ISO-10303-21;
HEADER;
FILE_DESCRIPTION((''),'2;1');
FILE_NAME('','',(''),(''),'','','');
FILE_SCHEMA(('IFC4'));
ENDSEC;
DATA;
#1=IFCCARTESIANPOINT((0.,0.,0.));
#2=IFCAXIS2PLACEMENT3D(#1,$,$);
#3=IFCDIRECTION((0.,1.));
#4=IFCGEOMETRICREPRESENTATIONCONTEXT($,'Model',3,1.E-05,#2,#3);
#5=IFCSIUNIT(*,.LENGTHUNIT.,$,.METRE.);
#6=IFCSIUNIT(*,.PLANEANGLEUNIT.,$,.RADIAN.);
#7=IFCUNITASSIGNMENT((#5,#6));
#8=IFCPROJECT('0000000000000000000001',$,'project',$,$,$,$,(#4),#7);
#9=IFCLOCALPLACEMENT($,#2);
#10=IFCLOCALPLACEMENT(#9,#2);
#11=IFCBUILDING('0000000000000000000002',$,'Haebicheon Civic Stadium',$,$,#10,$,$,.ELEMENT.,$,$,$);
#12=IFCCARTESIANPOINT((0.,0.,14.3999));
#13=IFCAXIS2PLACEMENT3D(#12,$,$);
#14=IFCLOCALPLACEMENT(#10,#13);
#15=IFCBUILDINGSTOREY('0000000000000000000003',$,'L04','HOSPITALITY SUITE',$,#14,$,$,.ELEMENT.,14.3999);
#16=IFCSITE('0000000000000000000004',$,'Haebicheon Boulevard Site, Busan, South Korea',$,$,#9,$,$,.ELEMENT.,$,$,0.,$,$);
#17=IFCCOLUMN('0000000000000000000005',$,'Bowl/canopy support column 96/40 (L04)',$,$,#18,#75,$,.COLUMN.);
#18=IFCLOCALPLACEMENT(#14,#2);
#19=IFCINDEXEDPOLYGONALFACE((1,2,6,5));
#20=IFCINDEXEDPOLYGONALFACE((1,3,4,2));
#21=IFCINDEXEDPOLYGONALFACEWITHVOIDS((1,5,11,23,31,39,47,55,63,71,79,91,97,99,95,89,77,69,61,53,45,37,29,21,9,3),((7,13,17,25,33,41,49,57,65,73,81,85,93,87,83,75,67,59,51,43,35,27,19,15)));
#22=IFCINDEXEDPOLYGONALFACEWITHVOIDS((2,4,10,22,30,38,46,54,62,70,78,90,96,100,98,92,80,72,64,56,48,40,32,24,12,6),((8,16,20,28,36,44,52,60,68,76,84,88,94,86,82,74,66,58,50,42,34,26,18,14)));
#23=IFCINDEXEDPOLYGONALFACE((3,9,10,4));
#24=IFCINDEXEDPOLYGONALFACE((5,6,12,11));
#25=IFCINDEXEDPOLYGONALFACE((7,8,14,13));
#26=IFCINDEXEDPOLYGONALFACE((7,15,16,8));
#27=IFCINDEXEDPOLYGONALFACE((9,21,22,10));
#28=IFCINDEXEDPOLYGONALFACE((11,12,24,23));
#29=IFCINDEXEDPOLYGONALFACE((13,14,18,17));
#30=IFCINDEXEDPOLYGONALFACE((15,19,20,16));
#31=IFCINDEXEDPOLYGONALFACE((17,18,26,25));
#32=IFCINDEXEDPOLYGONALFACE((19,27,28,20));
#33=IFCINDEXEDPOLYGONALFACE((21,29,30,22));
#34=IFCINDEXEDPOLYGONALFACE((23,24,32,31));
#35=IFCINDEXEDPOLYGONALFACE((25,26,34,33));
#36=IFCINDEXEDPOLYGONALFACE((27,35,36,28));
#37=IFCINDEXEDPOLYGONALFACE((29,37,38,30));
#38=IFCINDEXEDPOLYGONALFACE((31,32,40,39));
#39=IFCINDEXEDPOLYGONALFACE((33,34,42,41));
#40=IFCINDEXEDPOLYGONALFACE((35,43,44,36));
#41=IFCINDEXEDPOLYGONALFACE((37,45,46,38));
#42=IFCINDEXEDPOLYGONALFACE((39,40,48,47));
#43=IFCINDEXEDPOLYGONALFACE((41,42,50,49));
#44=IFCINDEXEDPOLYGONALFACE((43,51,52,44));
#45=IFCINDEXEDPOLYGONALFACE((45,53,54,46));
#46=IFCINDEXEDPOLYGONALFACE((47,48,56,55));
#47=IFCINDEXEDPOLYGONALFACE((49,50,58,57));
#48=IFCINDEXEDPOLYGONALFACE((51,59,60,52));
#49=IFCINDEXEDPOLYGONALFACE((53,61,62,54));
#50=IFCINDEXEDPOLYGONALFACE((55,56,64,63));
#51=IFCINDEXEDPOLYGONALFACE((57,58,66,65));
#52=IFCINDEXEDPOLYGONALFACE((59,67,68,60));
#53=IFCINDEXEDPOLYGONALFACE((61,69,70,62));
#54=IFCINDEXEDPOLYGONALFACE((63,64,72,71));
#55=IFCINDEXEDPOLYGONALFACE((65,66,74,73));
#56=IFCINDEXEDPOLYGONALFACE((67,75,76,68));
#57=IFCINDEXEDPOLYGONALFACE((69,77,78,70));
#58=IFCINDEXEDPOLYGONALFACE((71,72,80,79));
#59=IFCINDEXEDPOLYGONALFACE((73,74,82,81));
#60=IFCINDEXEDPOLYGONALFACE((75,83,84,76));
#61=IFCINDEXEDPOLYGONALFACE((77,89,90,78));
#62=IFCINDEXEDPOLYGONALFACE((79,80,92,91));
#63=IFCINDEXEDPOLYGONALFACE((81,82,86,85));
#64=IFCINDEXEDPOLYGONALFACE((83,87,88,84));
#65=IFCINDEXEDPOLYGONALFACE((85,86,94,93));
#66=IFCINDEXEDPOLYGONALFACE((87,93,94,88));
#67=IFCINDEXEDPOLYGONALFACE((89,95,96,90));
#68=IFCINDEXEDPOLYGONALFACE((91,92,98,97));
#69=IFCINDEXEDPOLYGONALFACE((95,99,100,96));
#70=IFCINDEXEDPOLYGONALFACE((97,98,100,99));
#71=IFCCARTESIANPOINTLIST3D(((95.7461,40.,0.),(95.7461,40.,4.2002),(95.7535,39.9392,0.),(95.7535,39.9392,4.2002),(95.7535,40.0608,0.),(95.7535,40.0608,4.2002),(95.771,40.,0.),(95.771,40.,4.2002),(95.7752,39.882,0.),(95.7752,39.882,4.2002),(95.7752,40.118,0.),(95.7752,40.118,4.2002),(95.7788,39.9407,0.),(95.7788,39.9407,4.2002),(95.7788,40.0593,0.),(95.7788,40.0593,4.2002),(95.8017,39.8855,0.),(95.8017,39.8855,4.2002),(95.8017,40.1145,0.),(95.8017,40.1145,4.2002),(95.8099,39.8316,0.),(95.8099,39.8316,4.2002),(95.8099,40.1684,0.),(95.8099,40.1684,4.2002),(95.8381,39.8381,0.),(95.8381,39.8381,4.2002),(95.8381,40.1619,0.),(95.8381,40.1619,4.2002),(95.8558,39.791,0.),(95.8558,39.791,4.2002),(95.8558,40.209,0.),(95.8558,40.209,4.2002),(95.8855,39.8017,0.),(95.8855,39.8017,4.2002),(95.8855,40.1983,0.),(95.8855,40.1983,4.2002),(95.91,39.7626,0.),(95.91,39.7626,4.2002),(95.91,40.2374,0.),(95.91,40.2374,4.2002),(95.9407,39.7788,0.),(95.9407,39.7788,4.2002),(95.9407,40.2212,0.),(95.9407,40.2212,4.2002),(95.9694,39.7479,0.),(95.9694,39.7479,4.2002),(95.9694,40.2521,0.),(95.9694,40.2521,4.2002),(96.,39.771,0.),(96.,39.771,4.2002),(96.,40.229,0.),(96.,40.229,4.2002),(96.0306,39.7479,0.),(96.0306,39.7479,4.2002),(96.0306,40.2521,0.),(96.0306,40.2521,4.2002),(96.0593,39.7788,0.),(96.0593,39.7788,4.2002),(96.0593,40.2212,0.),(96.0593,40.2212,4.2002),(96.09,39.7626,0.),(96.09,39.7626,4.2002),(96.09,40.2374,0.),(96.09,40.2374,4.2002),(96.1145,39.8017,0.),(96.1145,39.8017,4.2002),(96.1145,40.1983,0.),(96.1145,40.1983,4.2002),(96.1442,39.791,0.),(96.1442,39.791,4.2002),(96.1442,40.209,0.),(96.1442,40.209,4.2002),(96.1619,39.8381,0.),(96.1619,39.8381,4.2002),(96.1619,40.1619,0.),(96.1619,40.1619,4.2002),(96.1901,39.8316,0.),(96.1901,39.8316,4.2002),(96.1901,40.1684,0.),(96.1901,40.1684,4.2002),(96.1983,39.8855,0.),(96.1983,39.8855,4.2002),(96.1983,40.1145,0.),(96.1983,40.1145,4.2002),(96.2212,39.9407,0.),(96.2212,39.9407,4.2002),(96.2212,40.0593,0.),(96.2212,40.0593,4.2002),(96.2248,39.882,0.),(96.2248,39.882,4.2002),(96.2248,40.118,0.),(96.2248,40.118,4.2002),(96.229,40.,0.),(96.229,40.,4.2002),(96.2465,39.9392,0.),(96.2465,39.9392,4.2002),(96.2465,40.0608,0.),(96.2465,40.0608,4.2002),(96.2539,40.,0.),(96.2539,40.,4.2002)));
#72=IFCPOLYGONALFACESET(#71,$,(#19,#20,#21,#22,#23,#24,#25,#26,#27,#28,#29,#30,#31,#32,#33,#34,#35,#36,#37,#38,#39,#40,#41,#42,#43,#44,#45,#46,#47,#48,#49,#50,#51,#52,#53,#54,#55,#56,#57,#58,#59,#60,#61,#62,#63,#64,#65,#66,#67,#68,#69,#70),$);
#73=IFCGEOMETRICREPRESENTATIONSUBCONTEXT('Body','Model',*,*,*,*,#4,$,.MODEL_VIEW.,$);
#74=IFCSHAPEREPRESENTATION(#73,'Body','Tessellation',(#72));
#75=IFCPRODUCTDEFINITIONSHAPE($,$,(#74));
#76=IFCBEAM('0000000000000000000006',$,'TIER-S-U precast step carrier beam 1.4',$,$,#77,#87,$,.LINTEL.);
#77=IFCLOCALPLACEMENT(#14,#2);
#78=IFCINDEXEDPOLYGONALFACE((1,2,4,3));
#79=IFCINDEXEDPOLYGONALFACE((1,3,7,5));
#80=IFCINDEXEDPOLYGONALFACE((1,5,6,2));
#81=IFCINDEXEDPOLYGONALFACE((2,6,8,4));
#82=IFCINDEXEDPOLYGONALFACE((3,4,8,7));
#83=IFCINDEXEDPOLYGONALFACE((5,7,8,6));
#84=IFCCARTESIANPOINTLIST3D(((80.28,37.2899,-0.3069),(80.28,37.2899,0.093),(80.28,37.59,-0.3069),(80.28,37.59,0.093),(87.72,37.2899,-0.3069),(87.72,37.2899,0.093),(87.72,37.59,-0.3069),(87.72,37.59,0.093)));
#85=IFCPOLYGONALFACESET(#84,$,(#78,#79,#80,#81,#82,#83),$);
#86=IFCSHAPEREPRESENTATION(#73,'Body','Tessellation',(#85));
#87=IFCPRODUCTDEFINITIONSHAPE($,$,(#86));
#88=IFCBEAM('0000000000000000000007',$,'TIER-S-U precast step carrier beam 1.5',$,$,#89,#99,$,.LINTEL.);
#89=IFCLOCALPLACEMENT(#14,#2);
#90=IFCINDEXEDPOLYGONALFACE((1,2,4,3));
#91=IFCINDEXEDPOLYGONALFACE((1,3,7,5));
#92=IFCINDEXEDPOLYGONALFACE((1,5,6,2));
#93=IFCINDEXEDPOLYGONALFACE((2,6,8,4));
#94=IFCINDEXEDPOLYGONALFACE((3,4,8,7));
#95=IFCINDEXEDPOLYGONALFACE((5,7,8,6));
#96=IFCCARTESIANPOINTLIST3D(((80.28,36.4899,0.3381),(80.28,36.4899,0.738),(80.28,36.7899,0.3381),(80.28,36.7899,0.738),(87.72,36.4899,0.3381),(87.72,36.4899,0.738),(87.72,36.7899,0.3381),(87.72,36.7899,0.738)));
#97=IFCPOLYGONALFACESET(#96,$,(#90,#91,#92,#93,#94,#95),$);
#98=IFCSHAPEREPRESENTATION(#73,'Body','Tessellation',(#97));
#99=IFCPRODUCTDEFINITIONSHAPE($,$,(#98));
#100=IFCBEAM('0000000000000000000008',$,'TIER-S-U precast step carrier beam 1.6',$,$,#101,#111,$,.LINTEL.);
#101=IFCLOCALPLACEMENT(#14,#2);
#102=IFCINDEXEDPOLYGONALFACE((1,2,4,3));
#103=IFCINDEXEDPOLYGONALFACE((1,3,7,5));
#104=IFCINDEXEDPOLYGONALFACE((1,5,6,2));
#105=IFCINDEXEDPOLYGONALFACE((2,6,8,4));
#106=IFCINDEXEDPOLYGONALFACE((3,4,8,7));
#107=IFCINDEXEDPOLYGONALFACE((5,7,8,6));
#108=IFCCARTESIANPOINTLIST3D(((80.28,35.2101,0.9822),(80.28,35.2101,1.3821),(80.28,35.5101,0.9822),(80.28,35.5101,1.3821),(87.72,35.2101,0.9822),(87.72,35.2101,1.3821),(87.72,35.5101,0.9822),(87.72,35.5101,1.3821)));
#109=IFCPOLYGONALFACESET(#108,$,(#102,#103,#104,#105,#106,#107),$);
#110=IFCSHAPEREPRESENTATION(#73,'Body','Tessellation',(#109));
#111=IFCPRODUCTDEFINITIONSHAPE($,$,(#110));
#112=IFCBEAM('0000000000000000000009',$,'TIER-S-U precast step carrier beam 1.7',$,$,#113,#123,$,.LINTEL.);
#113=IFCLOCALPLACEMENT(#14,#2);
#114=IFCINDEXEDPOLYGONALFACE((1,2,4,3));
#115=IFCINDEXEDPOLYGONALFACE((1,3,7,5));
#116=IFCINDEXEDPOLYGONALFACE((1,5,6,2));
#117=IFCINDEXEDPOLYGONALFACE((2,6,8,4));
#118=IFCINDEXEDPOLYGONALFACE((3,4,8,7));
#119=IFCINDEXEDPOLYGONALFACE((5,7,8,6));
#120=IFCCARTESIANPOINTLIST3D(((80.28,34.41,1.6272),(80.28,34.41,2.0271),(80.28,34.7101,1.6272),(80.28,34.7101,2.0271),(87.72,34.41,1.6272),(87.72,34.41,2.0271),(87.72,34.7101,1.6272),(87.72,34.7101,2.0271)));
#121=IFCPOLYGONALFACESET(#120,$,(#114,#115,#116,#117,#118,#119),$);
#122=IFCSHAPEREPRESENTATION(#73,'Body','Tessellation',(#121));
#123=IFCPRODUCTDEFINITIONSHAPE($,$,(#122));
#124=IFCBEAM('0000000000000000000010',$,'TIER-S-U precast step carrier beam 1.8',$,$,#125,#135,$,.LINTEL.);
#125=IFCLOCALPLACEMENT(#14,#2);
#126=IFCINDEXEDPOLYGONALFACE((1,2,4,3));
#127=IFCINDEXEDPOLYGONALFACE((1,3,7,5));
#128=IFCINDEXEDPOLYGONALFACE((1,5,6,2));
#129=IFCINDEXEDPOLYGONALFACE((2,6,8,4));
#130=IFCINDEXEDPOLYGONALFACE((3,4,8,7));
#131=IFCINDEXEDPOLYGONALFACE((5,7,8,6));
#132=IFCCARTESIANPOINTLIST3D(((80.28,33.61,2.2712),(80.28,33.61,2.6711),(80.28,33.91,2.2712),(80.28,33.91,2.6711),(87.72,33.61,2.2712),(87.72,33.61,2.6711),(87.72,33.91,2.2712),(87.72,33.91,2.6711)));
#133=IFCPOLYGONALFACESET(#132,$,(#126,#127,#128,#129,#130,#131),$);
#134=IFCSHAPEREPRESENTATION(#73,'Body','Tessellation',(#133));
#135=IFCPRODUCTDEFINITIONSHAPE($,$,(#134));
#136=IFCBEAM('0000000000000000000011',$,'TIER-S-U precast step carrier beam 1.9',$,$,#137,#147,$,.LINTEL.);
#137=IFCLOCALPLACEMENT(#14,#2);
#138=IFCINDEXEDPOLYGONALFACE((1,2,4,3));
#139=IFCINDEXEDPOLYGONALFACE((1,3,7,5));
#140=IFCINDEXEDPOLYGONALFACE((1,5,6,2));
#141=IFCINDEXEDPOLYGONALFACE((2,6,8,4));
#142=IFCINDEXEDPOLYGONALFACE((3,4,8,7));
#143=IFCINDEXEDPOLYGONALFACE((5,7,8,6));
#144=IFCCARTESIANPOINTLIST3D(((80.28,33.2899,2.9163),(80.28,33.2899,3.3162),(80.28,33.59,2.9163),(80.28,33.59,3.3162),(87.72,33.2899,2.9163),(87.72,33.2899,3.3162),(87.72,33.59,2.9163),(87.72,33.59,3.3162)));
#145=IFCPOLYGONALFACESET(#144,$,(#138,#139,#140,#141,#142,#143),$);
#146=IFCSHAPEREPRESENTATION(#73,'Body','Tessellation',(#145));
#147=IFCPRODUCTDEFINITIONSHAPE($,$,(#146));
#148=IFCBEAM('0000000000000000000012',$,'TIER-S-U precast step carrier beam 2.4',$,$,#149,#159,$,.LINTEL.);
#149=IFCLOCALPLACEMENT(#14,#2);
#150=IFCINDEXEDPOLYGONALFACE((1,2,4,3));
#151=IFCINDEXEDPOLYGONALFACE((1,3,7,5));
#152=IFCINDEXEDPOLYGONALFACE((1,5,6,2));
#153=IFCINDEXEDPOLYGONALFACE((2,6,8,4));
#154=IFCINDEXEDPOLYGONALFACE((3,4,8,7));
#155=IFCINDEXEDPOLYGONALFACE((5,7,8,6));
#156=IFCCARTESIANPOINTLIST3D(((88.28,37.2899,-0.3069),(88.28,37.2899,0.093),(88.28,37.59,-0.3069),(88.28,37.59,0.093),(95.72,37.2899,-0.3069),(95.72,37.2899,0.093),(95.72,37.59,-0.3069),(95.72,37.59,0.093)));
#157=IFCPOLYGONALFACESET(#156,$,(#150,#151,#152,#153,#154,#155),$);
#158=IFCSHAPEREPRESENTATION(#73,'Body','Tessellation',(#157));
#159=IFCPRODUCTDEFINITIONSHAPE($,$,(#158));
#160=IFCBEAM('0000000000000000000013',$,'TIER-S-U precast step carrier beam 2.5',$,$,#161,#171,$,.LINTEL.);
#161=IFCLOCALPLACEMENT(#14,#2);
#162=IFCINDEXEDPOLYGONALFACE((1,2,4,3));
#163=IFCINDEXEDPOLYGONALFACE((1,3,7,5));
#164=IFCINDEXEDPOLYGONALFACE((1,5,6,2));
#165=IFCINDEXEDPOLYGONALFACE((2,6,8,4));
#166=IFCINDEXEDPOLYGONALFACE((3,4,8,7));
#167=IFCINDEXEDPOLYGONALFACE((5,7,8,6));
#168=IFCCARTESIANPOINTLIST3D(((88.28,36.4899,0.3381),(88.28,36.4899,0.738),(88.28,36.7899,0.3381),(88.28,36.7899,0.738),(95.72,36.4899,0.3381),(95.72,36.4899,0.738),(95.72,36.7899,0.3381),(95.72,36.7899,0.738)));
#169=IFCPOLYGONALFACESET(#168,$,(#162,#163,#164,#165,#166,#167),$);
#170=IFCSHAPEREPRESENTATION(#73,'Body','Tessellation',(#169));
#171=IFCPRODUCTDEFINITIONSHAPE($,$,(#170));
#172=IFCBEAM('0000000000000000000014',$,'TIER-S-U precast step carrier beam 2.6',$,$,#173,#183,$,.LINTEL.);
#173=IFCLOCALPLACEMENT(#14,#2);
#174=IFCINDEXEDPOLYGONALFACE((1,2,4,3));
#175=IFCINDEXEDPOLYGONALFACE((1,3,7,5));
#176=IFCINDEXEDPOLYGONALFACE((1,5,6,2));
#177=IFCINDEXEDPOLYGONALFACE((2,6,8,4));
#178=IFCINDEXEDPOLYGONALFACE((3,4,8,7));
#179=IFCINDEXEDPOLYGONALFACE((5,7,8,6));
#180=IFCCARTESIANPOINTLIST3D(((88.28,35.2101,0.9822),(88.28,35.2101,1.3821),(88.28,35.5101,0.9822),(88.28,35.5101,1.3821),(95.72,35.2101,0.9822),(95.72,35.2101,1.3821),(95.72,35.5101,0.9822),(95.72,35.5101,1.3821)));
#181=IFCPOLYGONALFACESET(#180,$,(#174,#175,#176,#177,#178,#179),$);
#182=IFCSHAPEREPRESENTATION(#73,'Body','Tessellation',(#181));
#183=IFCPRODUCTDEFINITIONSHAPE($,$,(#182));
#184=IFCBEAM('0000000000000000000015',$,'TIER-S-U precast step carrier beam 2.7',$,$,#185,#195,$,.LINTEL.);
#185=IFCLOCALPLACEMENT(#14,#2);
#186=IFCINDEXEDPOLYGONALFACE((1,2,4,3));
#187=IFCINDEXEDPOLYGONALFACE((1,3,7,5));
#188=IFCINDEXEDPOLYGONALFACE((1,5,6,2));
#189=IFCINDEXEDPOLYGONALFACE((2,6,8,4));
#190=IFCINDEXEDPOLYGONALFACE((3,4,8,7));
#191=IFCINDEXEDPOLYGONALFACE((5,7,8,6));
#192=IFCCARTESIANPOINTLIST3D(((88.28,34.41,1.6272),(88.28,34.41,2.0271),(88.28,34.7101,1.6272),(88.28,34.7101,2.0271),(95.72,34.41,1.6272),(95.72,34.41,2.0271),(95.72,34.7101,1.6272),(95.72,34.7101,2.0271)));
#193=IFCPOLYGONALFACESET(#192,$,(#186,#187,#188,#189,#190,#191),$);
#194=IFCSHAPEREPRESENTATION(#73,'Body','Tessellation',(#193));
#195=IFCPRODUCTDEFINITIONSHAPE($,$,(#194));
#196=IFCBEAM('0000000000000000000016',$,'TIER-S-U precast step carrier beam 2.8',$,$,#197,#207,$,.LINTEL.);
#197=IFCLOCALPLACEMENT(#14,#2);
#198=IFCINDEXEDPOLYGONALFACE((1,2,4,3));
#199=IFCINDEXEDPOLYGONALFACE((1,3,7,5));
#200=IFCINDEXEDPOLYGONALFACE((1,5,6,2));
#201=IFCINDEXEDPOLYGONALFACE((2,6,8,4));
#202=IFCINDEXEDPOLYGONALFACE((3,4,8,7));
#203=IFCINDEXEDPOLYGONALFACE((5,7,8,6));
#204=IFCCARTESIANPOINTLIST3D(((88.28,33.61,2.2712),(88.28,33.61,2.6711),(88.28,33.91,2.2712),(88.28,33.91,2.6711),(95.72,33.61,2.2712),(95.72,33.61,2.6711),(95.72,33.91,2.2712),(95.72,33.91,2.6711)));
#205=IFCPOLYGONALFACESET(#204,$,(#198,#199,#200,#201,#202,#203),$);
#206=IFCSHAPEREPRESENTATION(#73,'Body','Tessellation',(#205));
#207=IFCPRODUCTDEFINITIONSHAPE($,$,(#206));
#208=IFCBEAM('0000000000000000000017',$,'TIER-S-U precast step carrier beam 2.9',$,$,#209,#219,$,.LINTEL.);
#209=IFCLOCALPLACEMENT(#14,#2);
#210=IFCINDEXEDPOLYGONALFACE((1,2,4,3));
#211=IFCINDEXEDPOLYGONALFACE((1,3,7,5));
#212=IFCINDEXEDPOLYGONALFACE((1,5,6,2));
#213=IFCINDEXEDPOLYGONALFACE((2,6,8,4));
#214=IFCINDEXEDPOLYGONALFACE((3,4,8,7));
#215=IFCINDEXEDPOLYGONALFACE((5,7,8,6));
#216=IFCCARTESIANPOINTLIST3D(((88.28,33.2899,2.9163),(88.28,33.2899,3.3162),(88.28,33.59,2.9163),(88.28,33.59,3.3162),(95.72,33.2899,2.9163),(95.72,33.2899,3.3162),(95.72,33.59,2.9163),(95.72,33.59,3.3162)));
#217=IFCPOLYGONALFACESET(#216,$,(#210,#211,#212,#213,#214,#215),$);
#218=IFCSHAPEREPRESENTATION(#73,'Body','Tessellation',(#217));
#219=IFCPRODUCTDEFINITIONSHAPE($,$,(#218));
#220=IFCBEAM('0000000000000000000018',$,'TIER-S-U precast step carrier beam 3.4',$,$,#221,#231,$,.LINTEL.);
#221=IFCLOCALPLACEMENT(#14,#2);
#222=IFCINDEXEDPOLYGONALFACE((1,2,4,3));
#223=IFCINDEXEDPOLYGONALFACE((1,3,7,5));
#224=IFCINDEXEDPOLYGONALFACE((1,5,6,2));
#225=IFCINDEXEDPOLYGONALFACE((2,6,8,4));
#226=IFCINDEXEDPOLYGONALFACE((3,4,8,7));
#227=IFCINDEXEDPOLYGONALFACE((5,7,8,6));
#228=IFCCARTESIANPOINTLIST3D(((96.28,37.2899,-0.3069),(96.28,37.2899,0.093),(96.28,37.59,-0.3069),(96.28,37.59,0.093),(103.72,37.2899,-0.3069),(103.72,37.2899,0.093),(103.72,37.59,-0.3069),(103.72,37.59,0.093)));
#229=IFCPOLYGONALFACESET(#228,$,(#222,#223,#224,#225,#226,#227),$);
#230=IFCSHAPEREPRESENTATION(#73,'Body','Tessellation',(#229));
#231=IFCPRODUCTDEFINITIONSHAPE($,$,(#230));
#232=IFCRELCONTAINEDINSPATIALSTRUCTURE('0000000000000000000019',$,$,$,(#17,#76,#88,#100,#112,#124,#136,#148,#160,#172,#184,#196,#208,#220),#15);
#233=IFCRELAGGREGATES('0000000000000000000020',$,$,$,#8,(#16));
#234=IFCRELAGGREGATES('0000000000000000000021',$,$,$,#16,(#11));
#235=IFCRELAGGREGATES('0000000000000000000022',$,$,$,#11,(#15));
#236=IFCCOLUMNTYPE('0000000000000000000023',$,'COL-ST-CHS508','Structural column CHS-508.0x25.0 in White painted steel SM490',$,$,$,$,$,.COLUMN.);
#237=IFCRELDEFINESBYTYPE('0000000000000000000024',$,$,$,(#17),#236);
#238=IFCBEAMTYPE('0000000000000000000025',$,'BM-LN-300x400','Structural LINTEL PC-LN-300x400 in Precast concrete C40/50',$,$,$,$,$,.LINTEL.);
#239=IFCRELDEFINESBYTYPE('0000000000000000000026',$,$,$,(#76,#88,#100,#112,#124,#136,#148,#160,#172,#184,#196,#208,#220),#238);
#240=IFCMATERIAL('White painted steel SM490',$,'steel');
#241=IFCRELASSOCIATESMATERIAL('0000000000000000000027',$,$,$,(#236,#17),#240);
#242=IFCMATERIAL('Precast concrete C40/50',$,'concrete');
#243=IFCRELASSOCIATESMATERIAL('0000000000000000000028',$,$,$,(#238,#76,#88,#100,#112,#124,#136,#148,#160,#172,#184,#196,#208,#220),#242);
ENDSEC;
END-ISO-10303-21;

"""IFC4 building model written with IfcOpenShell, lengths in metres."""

from ifc_helpers import new_model, si_unit, direction, frame, origin, origin_2d, place, context, subcontext, project, spatial, rectangle, hollow_circle, extrude, material, material_profile, profile_set, type_object, element, save


model = new_model("IFC4")

# Units and contexts
model_context = context("Model", 3, precision=1e-05, world=origin(), true_north=direction((0.0, 1.0)))
body_context = subcontext(model_context, "Body", "Model", "MODEL_VIEW")
ifc_project = project(units=[si_unit("LENGTHUNIT", "METRE"), si_unit("PLANEANGLEUNIT", "RADIAN")], contexts=[model_context])

# Site, building, storey
site_placement = place(None, origin())
site = spatial("IfcSite", under=ifc_project, at=site_placement, Name="Haebicheon Boulevard Site, Busan, South Korea", CompositionType="ELEMENT", RefElevation=0.0)
building_placement = place(site_placement, origin())
building = spatial("IfcBuilding", under=site, at=building_placement, Name="Haebicheon Civic Stadium", CompositionType="ELEMENT")
storey_placement = place(building_placement, frame((0.0, 0.0, 14.3999)))
storey = spatial("IfcBuildingStorey", under=building, at=storey_placement, Name="L04", Description="HOSPITALITY SUITE", CompositionType="ELEMENT", Elevation=14.3999)

# Column
ifc_material_1 = material(Name="White painted steel SM490", Category="steel")
ifc_material_profile_1 = material_profile(ifc_material_1, hollow_circle(Radius=0.2539, WallThickness=0.0249, at=origin_2d()), Name="CHS-508.0x25.0")
ifc_profile_set_1 = profile_set([ifc_material_profile_1], Name="White painted steel SM490")
column_type = type_object("IfcColumnType", Name="COL-ST-CHS508", Description="Structural column CHS-508.0x25.0 in White painted steel SM490", PredefinedType="COLUMN", material=ifc_profile_set_1)
for number, where, z_axis, x_axis, name in (
    (1, (96.0, 40.0, 0.0), (0.0, 0.0, 1.0), (1.0, 0.0, 0.0), "Bowl/canopy support column 96/40 (L04)"),
):
    element("IfcColumn", number, at=place(storey_placement, frame(where, z_axis=z_axis, x_axis=x_axis)), inside=storey, type_object=column_type, material=ifc_profile_set_1, Name=name, PredefinedType="COLUMN", context=body_context, shape_type="SweptSolid", body=[
        extrude(hollow_circle(Radius=0.2539, WallThickness=0.0249, at=origin_2d()), origin(), (0.0, 0.0, 1.0), 4.2002),
    ])

# Beams
ifc_material_2 = material(Name="Precast concrete C40/50", Category="concrete")
ifc_material_profile_2 = material_profile(ifc_material_2, rectangle(XDim=0.3, YDim=0.3999, at=origin_2d()), Name="PC-LN-300x400")
ifc_profile_set_2 = profile_set([ifc_material_profile_2], Name="Precast concrete C40/50")
beam_type_1 = type_object("IfcBeamType", Name="BM-LN-300x400", Description="Structural LINTEL PC-LN-300x400 in Precast concrete C40/50", PredefinedType="LINTEL", material=ifc_profile_set_2)
for number, where, z_axis, x_axis, name in (
    (2, (80.28, 37.4399, -0.1069), (1.0, 0.0, 0.0), (0.0, 1.0, 0.0), "TIER-S-U precast step carrier beam 1.4"),
    (3, (80.28, 36.6399, 0.5381), (1.0, 0.0, 0.0), (0.0, 1.0, 0.0), "TIER-S-U precast step carrier beam 1.5"),
    (4, (80.28, 35.3601, 1.1821), (1.0, 0.0, 0.0), (0.0, 1.0, 0.0), "TIER-S-U precast step carrier beam 1.6"),
    (5, (80.28, 34.5601, 1.8271), (1.0, 0.0, 0.0), (0.0, 1.0, 0.0), "TIER-S-U precast step carrier beam 1.7"),
    (6, (80.28, 33.76, 2.4712), (1.0, 0.0, 0.0), (0.0, 1.0, 0.0), "TIER-S-U precast step carrier beam 1.8"),
    (7, (80.28, 33.4399, 3.1162), (1.0, 0.0, 0.0), (0.0, 1.0, 0.0), "TIER-S-U precast step carrier beam 1.9"),
    (8, (88.28, 37.4399, -0.1069), (1.0, 0.0, 0.0), (0.0, 1.0, 0.0), "TIER-S-U precast step carrier beam 2.4"),
    (9, (88.28, 36.6399, 0.5381), (1.0, 0.0, 0.0), (0.0, 1.0, 0.0), "TIER-S-U precast step carrier beam 2.5"),
    (10, (88.28, 35.3601, 1.1821), (1.0, 0.0, 0.0), (0.0, 1.0, 0.0), "TIER-S-U precast step carrier beam 2.6"),
    (11, (88.28, 34.5601, 1.8271), (1.0, 0.0, 0.0), (0.0, 1.0, 0.0), "TIER-S-U precast step carrier beam 2.7"),
    (12, (88.28, 33.76, 2.4712), (1.0, 0.0, 0.0), (0.0, 1.0, 0.0), "TIER-S-U precast step carrier beam 2.8"),
    (13, (88.28, 33.4399, 3.1162), (1.0, 0.0, 0.0), (0.0, 1.0, 0.0), "TIER-S-U precast step carrier beam 2.9"),
    (14, (96.28, 37.4399, -0.1069), (1.0, 0.0, 0.0), (0.0, 1.0, 0.0), "TIER-S-U precast step carrier beam 3.4"),
):
    element("IfcBeam", number, at=place(storey_placement, frame(where, z_axis=z_axis, x_axis=x_axis)), inside=storey, type_object=beam_type_1, material=ifc_profile_set_2, Name=name, PredefinedType="LINTEL", context=body_context, shape_type="SweptSolid", body=[
        extrude(rectangle(XDim=0.3, YDim=0.3999, at=origin_2d()), origin(), (0.0, 0.0, 1.0), 7.4399),
    ])

save(model, "model.ifc")
